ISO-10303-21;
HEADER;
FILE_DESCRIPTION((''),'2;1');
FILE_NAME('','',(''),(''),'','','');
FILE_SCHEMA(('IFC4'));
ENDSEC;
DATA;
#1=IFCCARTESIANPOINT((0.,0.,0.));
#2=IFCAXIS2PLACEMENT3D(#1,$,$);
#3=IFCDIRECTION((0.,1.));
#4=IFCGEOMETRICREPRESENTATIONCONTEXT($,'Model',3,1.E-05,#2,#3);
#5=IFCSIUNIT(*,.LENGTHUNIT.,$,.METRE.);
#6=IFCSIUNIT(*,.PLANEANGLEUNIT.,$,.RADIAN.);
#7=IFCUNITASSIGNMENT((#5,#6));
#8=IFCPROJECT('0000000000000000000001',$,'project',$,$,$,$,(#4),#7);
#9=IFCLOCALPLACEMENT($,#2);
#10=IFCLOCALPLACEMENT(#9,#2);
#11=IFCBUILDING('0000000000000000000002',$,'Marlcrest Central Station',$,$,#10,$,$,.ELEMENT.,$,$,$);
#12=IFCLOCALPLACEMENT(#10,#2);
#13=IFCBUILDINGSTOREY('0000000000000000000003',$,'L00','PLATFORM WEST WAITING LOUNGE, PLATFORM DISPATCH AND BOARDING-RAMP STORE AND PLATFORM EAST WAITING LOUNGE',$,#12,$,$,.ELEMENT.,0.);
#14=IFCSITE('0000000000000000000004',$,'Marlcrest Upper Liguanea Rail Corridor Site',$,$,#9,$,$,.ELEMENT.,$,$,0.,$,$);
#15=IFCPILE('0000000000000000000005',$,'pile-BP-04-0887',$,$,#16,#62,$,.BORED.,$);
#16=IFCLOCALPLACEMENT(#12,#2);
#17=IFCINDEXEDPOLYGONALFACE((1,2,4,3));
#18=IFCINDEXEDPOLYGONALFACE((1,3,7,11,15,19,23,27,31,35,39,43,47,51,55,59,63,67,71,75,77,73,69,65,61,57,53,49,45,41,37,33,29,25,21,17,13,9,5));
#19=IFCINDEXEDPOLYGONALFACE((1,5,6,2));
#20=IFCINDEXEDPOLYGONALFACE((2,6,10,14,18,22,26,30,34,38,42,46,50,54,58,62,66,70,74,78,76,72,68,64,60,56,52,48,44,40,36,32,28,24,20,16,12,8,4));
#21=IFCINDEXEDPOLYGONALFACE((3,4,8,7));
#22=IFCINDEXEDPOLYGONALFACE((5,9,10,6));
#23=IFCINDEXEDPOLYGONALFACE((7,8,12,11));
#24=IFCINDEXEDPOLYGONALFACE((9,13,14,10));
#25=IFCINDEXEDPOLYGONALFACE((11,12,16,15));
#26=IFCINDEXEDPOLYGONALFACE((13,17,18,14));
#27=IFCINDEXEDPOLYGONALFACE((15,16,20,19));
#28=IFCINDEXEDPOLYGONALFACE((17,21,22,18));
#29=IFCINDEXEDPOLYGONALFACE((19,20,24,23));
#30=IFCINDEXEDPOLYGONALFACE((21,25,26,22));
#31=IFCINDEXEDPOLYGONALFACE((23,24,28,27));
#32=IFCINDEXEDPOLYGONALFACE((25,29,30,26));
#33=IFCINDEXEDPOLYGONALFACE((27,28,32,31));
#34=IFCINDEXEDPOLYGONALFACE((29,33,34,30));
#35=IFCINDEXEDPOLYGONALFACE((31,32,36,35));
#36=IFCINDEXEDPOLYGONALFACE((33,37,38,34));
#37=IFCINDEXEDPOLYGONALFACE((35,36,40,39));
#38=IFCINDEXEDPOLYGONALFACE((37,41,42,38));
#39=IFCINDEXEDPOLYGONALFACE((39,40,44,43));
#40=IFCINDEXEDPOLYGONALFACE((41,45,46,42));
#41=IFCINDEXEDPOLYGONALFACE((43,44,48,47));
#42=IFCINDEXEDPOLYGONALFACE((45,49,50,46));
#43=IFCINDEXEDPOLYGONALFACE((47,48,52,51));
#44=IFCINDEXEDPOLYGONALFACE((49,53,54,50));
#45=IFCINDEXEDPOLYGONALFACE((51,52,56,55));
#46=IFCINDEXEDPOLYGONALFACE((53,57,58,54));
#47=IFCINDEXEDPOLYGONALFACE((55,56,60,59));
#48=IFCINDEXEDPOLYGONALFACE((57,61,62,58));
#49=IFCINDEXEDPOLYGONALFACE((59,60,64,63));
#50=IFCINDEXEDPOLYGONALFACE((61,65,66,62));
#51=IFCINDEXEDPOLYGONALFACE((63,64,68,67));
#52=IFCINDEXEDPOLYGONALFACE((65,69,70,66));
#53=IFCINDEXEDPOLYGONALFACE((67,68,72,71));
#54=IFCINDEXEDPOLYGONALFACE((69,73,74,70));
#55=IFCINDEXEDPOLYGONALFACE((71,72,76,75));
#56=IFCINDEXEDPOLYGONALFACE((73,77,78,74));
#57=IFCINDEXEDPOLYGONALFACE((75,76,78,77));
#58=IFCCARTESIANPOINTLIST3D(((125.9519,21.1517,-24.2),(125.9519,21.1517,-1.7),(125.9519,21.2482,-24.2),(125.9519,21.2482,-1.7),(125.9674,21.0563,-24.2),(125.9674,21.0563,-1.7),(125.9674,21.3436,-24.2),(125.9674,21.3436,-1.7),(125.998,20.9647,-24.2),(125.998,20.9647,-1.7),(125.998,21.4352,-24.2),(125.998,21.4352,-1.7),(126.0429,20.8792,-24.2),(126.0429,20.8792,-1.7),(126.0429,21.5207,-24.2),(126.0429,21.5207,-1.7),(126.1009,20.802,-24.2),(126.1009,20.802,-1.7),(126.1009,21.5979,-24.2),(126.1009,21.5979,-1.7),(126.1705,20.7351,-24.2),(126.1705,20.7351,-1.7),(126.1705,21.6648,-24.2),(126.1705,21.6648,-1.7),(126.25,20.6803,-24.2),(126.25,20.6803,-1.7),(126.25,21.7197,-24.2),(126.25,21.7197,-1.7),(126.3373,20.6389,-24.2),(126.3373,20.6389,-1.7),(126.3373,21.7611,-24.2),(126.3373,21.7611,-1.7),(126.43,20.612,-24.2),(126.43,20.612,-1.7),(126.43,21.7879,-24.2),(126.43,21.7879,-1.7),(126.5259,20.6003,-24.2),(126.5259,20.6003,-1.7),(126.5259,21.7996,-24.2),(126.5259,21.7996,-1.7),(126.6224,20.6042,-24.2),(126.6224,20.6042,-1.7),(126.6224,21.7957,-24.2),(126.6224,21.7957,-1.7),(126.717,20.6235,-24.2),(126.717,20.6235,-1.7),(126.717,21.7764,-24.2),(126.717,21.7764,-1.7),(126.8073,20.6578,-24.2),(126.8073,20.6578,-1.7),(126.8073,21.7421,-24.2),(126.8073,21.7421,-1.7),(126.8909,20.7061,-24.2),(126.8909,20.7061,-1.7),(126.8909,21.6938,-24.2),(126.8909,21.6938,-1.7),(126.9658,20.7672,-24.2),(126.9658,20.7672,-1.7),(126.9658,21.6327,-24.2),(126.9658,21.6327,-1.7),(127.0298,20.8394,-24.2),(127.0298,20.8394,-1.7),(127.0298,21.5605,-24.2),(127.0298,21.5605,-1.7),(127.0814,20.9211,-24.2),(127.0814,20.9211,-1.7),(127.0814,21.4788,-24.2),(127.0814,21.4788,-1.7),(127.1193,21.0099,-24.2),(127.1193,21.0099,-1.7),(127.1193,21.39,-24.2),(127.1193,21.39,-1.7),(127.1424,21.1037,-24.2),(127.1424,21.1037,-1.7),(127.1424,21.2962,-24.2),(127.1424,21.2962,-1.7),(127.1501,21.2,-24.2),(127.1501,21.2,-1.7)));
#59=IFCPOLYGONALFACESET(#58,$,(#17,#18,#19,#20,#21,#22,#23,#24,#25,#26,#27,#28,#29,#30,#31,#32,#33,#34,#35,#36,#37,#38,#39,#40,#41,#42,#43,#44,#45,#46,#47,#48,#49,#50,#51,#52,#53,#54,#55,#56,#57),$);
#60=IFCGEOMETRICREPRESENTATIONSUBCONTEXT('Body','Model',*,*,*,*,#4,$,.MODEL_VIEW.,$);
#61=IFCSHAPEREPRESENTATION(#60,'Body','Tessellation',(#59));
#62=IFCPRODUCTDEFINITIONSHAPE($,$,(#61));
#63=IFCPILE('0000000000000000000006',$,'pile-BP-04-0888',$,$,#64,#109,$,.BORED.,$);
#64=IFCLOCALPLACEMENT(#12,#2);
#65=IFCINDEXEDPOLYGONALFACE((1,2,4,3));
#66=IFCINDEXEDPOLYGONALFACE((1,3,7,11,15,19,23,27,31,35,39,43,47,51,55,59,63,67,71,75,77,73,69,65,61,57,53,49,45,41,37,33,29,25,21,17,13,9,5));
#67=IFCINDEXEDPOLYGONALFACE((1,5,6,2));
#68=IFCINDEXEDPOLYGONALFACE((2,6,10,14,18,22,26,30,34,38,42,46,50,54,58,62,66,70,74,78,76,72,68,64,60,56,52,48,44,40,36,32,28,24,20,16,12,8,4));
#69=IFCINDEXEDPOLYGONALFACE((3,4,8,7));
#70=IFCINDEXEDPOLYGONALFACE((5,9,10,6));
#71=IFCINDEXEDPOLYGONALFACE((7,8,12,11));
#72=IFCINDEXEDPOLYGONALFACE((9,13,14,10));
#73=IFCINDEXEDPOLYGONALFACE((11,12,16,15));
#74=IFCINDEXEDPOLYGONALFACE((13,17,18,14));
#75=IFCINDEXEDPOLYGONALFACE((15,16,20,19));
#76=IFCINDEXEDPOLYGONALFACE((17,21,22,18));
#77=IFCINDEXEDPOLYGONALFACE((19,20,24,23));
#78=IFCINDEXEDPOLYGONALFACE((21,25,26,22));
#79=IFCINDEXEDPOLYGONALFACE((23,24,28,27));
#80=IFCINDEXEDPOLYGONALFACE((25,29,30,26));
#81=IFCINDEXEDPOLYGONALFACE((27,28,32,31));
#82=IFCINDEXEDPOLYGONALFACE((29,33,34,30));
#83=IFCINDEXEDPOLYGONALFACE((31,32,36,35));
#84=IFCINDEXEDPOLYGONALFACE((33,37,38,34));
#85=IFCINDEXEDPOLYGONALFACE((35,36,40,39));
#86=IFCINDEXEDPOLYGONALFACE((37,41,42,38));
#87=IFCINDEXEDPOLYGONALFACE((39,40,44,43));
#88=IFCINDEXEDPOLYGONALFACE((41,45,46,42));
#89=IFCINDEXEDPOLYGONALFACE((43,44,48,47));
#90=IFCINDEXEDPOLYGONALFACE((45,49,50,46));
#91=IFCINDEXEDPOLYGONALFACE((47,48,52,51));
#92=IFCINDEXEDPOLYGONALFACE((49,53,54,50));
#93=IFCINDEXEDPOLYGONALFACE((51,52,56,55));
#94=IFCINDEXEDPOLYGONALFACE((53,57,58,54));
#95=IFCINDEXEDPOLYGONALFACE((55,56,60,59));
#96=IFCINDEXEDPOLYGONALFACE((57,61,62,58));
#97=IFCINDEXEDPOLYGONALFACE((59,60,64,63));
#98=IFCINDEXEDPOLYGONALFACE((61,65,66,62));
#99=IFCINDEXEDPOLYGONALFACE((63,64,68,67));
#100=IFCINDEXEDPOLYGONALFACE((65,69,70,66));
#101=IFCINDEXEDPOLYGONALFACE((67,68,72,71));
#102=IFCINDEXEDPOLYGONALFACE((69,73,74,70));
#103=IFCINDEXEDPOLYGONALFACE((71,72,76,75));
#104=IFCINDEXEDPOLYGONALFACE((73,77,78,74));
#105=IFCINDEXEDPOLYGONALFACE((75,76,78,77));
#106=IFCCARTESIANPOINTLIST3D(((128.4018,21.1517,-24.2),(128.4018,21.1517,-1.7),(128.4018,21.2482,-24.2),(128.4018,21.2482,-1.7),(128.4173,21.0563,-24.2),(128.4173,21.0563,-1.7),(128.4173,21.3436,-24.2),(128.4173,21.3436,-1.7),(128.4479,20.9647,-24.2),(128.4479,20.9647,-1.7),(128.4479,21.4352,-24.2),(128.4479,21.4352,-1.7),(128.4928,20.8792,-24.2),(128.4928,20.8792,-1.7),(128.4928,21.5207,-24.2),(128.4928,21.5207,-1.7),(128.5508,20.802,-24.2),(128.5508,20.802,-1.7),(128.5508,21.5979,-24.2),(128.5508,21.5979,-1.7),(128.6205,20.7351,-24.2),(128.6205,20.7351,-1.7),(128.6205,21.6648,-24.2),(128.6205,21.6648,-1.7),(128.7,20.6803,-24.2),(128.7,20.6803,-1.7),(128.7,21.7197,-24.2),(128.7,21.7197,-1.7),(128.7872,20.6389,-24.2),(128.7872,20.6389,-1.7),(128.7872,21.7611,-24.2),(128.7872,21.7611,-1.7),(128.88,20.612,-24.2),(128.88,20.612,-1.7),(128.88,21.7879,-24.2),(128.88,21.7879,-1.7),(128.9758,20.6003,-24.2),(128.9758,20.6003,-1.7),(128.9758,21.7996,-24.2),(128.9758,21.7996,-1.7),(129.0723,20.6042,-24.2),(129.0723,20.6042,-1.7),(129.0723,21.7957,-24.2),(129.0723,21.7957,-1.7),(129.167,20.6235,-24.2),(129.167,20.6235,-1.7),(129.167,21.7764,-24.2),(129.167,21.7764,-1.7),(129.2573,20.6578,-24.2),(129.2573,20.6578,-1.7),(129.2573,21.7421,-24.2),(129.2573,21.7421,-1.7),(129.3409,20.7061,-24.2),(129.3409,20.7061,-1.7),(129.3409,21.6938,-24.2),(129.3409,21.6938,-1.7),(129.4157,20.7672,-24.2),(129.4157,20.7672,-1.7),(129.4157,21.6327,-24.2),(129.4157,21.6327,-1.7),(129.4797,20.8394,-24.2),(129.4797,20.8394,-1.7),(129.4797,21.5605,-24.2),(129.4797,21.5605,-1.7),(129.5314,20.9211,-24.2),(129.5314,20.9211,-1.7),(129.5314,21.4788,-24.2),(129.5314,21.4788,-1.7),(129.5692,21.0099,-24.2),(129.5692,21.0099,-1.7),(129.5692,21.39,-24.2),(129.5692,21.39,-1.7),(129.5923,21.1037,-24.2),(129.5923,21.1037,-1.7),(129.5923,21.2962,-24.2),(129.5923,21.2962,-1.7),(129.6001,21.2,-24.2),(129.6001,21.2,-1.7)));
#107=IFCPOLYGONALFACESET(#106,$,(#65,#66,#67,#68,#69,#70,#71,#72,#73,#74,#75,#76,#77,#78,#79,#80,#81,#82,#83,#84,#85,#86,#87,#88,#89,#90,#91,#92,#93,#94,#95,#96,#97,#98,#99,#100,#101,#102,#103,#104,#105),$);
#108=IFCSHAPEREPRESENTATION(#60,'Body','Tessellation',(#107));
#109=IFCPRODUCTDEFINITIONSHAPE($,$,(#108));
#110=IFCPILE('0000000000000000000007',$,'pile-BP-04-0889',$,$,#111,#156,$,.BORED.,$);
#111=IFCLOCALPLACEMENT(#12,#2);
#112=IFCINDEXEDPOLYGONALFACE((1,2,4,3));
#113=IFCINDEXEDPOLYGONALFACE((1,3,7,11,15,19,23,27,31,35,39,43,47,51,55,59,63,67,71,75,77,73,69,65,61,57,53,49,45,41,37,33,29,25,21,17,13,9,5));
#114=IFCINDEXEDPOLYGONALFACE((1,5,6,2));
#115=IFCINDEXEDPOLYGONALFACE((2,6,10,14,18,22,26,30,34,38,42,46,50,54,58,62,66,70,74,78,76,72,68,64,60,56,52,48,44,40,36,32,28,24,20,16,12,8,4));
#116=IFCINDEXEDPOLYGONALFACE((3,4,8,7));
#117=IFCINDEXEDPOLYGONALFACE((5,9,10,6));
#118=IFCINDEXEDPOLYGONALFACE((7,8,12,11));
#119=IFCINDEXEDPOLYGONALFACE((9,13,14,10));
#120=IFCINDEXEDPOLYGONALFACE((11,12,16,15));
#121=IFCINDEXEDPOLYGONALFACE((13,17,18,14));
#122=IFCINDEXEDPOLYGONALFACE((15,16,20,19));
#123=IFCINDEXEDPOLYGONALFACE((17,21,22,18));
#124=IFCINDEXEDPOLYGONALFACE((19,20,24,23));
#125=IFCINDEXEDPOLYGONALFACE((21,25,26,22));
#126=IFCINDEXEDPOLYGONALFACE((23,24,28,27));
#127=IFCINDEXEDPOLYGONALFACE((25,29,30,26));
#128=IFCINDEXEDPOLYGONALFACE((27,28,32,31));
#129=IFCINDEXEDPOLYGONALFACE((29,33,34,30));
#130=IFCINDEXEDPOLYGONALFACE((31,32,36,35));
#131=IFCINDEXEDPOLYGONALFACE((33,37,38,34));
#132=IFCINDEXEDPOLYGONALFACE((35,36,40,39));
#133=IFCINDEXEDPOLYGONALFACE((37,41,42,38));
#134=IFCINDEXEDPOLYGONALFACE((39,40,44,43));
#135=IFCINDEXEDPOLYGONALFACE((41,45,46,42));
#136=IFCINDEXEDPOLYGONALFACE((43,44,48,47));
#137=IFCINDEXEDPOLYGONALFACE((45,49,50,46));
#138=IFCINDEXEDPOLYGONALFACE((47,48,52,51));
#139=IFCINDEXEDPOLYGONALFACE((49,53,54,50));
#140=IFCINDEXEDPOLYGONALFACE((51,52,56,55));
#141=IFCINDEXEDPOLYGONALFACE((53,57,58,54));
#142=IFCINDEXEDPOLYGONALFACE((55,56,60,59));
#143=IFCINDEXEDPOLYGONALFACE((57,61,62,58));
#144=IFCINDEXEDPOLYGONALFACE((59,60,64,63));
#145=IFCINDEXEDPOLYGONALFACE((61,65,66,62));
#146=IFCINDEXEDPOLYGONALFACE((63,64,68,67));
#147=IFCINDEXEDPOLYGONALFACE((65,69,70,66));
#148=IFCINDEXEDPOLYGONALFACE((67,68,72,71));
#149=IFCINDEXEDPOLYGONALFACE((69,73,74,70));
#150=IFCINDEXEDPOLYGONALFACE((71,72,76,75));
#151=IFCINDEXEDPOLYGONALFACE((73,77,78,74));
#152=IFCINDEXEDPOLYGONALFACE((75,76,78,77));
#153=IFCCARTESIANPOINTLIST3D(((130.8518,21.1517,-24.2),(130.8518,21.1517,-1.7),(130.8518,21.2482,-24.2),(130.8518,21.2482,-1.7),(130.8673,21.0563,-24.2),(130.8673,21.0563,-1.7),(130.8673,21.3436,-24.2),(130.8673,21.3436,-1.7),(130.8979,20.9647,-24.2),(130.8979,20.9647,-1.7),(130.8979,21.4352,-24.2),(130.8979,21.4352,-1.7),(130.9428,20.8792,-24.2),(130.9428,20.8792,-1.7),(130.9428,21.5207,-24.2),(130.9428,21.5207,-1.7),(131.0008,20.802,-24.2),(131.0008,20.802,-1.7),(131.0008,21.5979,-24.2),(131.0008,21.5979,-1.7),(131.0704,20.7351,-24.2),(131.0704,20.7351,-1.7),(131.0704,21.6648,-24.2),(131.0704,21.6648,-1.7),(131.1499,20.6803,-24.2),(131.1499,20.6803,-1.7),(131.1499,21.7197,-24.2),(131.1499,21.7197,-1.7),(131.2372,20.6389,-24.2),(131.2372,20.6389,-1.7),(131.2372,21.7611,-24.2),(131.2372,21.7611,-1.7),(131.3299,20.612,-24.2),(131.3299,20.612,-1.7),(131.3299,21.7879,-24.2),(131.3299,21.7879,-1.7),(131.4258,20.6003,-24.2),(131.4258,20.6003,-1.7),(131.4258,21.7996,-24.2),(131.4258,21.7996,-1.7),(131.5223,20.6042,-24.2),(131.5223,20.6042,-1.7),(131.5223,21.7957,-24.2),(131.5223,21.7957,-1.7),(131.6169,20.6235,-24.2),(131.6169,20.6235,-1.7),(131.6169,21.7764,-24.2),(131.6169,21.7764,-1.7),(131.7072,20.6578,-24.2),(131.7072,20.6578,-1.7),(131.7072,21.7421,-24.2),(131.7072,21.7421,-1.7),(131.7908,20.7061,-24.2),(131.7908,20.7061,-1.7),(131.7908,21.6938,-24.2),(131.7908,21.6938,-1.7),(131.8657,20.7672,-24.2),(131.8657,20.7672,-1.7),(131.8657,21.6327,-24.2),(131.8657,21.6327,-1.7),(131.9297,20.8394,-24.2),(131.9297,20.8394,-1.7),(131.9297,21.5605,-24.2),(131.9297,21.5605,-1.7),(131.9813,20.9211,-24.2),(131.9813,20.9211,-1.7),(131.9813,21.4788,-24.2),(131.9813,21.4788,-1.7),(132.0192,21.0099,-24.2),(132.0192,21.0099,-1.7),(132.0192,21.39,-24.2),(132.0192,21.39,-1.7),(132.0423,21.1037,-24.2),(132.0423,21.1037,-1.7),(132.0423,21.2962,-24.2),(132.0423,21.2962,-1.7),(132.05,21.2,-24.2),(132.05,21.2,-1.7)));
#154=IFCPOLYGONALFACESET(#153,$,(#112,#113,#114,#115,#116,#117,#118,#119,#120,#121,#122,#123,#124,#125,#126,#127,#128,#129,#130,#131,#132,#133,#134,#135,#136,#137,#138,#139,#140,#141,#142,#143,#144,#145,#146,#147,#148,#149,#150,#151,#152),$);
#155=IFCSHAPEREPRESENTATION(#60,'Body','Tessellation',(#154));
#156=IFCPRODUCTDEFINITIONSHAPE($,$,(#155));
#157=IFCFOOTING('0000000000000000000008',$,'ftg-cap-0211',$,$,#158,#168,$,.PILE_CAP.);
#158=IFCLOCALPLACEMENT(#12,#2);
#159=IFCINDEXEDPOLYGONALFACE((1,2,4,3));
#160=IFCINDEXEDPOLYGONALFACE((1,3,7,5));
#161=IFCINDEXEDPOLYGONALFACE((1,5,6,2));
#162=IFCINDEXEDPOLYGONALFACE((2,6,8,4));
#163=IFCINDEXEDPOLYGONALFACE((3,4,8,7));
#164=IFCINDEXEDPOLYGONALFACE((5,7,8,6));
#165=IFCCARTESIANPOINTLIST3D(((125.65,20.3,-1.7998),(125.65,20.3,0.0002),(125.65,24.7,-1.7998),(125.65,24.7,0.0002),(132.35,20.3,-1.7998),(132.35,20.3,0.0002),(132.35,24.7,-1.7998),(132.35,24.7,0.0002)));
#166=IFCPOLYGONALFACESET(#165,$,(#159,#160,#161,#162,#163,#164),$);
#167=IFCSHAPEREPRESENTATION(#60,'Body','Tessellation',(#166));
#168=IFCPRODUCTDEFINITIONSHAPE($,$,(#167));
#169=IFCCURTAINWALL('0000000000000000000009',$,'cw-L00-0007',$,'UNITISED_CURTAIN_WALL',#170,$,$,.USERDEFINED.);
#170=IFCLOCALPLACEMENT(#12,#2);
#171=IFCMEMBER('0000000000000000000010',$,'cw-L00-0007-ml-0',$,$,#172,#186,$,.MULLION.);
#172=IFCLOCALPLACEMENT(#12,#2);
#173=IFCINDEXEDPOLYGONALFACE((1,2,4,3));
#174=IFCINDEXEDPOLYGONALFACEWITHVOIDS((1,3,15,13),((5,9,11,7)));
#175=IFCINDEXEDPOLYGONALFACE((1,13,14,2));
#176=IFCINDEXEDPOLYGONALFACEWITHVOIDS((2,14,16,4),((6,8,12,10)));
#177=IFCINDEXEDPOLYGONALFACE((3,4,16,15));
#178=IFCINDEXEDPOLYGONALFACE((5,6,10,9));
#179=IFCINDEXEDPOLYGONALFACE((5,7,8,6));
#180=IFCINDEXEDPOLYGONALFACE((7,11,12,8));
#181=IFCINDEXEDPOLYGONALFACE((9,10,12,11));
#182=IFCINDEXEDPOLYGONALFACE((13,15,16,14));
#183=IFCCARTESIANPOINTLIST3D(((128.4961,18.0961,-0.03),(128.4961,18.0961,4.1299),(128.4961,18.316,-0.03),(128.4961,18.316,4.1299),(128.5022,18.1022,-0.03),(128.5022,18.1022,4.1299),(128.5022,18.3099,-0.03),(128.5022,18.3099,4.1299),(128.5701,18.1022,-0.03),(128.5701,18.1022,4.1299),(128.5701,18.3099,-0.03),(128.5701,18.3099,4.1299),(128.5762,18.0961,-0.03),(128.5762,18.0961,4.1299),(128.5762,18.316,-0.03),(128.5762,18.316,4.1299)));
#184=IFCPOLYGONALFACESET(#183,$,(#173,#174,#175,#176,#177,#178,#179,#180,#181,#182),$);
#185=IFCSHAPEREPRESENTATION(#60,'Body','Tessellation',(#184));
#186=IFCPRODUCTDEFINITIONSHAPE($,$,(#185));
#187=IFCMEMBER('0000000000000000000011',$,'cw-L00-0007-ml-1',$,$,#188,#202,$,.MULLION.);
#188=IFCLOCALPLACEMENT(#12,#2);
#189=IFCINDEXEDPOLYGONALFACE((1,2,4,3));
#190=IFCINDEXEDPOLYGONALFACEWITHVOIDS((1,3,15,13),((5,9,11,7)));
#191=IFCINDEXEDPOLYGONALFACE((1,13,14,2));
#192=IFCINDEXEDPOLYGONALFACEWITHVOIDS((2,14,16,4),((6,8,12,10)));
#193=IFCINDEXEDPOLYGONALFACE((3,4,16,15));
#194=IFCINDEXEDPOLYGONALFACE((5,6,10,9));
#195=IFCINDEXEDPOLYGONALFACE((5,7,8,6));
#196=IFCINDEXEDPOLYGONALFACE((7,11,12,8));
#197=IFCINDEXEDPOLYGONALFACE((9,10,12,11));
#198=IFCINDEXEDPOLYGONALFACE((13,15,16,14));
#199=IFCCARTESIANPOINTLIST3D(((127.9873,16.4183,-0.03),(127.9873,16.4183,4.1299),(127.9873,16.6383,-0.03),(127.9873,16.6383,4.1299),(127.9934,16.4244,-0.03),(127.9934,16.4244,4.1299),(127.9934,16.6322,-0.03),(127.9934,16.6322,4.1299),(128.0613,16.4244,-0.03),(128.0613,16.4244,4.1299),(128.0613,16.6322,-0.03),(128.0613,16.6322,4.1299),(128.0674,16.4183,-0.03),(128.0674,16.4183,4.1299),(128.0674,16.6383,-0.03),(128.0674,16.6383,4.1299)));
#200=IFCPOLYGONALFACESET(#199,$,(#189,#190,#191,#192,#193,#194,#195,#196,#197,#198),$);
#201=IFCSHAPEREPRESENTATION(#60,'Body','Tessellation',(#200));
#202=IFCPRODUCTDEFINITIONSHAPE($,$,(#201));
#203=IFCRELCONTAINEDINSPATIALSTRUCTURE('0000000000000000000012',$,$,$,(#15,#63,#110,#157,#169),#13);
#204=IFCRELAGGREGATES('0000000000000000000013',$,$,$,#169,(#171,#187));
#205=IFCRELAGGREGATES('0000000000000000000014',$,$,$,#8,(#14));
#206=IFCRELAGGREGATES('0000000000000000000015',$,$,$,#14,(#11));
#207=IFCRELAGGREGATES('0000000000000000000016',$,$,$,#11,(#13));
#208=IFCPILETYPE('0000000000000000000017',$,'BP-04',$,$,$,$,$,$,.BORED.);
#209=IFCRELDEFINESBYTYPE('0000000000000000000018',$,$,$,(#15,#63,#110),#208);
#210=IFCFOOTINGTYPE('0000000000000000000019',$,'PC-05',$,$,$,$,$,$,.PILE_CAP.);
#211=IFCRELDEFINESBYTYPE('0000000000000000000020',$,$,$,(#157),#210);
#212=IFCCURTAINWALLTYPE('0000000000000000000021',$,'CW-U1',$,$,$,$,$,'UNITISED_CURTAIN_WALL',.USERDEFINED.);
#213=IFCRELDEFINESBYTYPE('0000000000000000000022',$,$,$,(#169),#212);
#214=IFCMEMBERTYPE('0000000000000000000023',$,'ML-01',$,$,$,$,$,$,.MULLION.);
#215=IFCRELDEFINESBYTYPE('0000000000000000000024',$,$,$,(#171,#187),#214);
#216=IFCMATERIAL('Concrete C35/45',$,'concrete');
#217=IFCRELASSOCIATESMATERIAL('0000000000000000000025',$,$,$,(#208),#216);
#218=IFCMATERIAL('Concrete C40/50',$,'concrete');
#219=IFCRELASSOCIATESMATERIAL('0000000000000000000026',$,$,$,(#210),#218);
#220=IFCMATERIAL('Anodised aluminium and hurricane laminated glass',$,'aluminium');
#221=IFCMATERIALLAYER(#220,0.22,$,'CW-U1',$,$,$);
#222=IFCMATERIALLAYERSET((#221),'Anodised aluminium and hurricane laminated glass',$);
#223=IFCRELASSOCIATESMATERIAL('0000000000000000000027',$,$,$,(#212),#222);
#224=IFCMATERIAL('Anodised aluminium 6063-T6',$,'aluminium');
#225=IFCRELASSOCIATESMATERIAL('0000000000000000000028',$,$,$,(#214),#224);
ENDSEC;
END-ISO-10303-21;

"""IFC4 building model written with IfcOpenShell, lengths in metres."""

from ifc_helpers import new_model, si_unit, direction, frame, origin, origin_2d, place, context, subcontext, project, spatial, rectangle, hollow_rectangle, circle, extrude, material, layer, layer_set, material_profile, profile_set, type_object, element, aggregate, save


model = new_model("IFC4")

# Units and contexts
model_context = context("Model", 3, precision=1e-05, world=origin(), true_north=direction((0.0, 1.0)))
body_context = subcontext(model_context, "Body", "Model", "MODEL_VIEW")
ifc_project = project(units=[si_unit("LENGTHUNIT", "METRE"), si_unit("PLANEANGLEUNIT", "RADIAN")], contexts=[model_context])

# Site, building, storey
site_placement = place(None, origin())
site = spatial("IfcSite", under=ifc_project, at=site_placement, Name="Marlcrest Upper Liguanea Rail Corridor Site", CompositionType="ELEMENT", RefElevation=0.0)
building_placement = place(site_placement, origin())
building = spatial("IfcBuilding", under=site, at=building_placement, Name="Marlcrest Central Station", CompositionType="ELEMENT")
storey_placement = place(building_placement, origin())
storey = spatial("IfcBuildingStorey", under=building, at=storey_placement, Name="L00", Description="PLATFORM WEST WAITING LOUNGE, PLATFORM DISPATCH AND BOARDING-RAMP STORE AND PLATFORM EAST WAITING LOUNGE", CompositionType="ELEMENT", Elevation=0.0)

# Piles
ifc_material_1 = material(Name="Concrete C35/45", Category="concrete")
ifc_material_profile_1 = material_profile(ifc_material_1, circle(Radius=0.6001, at=origin_2d()), Name="PILE D1200")
ifc_profile_set_1 = profile_set([ifc_material_profile_1], Name="Concrete C35/45")
pile_type_1 = type_object("IfcPileType", Name="BP-04", PredefinedType="BORED", material=ifc_profile_set_1)
for number, where, z_axis, x_axis, name in (
    (1, (126.55, 21.2, -1.7), (0.0, 0.0, -1.0), (1.0, 0.0, 0.0), "pile-BP-04-0887"),
    (2, (129.0, 21.2, -1.7), (0.0, 0.0, -1.0), (1.0, 0.0, 0.0), "pile-BP-04-0888"),
    (3, (131.45, 21.2, -1.7), (0.0, 0.0, -1.0), (1.0, 0.0, 0.0), "pile-BP-04-0889"),
):
    element("IfcPile", number, at=place(storey_placement, frame(where, z_axis=z_axis, x_axis=x_axis)), inside=storey, type_object=pile_type_1, Name=name, PredefinedType="BORED", context=body_context, shape_type="SweptSolid", body=[
        extrude(circle(Radius=0.6001, at=origin_2d()), origin(), (0.0, 0.0, 1.0), 22.5),
    ])

# Footing
ifc_material_2 = material(Name="Concrete C40/50", Category="concrete")
footing_type = type_object("IfcFootingType", Name="PC-05", PredefinedType="PILE_CAP", material=ifc_material_2)
footing_placement = place(storey_placement, frame((129.0, 22.5, -1.7998), z_axis=(0.0, 0.0, 1.0), x_axis=(1.0, 0.0, 0.0)))
element("IfcFooting", 4, at=footing_placement, inside=storey, type_object=footing_type, Name="ftg-cap-0211", PredefinedType="PILE_CAP", context=body_context, shape_type="SweptSolid", body=[
    extrude(rectangle(XDim=6.7, YDim=4.3999, at=origin_2d()), origin(), (0.0, 0.0, 1.0), 1.8),
])

# Curtain wall, members
ifc_material_3 = material(Name="Anodised aluminium and hurricane laminated glass", Category="aluminium")
ifc_layer_1 = layer(ifc_material_3, 0.22, Name="CW-U1")
ifc_layer_set_1 = layer_set([ifc_layer_1], Name="Anodised aluminium and hurricane laminated glass")
curtain_wall_type = type_object("IfcCurtainWallType", Name="CW-U1", ElementType="UNITISED_CURTAIN_WALL", PredefinedType="USERDEFINED", material=ifc_layer_set_1)
curtain_wall_1_placement = place(storey_placement, origin())
curtain_wall_1 = element("IfcCurtainWall", 5, at=curtain_wall_1_placement, inside=storey, type_object=curtain_wall_type, Name="cw-L00-0007", ObjectType="UNITISED_CURTAIN_WALL", PredefinedType="USERDEFINED")
ifc_material_4 = material(Name="Anodised aluminium 6063-T6", Category="aluminium")
ifc_material_profile_2 = material_profile(ifc_material_4, hollow_rectangle(XDim=0.0801, YDim=0.22, WallThickness=0.0061, at=origin_2d()), Name="AA-RHS 220x80x6")
ifc_profile_set_2 = profile_set([ifc_material_profile_2], Name="Anodised aluminium 6063-T6")
member_type_1 = type_object("IfcMemberType", Name="ML-01", PredefinedType="MULLION", material=ifc_profile_set_2)
member_1_placement = place(storey_placement, frame((128.5361, 18.2061, -0.03), z_axis=(0.0, 0.0, 1.0), x_axis=(1.0, 0.0, 0.0)))
member_1 = element("IfcMember", 6, at=member_1_placement, type_object=member_type_1, Name="cw-L00-0007-ml-0", PredefinedType="MULLION", context=body_context, shape_type="SweptSolid", body=[
    extrude(hollow_rectangle(XDim=0.0801, YDim=0.22, WallThickness=0.0061, at=origin_2d()), origin(), (0.0, 0.0, 1.0), 4.1599),
])
member_2_placement = place(storey_placement, frame((128.0273, 16.5283, -0.03), z_axis=(0.0, 0.0, 1.0), x_axis=(1.0, 0.0, 0.0)))
member_2 = element("IfcMember", 7, at=member_2_placement, type_object=member_type_1, Name="cw-L00-0007-ml-1", PredefinedType="MULLION", context=body_context, shape_type="SweptSolid", body=[
    extrude(hollow_rectangle(XDim=0.0801, YDim=0.22, WallThickness=0.0061, at=origin_2d()), origin(), (0.0, 0.0, 1.0), 4.1599),
])

aggregate(curtain_wall_1, [member_1, member_2])

save(model, "model.ifc")
